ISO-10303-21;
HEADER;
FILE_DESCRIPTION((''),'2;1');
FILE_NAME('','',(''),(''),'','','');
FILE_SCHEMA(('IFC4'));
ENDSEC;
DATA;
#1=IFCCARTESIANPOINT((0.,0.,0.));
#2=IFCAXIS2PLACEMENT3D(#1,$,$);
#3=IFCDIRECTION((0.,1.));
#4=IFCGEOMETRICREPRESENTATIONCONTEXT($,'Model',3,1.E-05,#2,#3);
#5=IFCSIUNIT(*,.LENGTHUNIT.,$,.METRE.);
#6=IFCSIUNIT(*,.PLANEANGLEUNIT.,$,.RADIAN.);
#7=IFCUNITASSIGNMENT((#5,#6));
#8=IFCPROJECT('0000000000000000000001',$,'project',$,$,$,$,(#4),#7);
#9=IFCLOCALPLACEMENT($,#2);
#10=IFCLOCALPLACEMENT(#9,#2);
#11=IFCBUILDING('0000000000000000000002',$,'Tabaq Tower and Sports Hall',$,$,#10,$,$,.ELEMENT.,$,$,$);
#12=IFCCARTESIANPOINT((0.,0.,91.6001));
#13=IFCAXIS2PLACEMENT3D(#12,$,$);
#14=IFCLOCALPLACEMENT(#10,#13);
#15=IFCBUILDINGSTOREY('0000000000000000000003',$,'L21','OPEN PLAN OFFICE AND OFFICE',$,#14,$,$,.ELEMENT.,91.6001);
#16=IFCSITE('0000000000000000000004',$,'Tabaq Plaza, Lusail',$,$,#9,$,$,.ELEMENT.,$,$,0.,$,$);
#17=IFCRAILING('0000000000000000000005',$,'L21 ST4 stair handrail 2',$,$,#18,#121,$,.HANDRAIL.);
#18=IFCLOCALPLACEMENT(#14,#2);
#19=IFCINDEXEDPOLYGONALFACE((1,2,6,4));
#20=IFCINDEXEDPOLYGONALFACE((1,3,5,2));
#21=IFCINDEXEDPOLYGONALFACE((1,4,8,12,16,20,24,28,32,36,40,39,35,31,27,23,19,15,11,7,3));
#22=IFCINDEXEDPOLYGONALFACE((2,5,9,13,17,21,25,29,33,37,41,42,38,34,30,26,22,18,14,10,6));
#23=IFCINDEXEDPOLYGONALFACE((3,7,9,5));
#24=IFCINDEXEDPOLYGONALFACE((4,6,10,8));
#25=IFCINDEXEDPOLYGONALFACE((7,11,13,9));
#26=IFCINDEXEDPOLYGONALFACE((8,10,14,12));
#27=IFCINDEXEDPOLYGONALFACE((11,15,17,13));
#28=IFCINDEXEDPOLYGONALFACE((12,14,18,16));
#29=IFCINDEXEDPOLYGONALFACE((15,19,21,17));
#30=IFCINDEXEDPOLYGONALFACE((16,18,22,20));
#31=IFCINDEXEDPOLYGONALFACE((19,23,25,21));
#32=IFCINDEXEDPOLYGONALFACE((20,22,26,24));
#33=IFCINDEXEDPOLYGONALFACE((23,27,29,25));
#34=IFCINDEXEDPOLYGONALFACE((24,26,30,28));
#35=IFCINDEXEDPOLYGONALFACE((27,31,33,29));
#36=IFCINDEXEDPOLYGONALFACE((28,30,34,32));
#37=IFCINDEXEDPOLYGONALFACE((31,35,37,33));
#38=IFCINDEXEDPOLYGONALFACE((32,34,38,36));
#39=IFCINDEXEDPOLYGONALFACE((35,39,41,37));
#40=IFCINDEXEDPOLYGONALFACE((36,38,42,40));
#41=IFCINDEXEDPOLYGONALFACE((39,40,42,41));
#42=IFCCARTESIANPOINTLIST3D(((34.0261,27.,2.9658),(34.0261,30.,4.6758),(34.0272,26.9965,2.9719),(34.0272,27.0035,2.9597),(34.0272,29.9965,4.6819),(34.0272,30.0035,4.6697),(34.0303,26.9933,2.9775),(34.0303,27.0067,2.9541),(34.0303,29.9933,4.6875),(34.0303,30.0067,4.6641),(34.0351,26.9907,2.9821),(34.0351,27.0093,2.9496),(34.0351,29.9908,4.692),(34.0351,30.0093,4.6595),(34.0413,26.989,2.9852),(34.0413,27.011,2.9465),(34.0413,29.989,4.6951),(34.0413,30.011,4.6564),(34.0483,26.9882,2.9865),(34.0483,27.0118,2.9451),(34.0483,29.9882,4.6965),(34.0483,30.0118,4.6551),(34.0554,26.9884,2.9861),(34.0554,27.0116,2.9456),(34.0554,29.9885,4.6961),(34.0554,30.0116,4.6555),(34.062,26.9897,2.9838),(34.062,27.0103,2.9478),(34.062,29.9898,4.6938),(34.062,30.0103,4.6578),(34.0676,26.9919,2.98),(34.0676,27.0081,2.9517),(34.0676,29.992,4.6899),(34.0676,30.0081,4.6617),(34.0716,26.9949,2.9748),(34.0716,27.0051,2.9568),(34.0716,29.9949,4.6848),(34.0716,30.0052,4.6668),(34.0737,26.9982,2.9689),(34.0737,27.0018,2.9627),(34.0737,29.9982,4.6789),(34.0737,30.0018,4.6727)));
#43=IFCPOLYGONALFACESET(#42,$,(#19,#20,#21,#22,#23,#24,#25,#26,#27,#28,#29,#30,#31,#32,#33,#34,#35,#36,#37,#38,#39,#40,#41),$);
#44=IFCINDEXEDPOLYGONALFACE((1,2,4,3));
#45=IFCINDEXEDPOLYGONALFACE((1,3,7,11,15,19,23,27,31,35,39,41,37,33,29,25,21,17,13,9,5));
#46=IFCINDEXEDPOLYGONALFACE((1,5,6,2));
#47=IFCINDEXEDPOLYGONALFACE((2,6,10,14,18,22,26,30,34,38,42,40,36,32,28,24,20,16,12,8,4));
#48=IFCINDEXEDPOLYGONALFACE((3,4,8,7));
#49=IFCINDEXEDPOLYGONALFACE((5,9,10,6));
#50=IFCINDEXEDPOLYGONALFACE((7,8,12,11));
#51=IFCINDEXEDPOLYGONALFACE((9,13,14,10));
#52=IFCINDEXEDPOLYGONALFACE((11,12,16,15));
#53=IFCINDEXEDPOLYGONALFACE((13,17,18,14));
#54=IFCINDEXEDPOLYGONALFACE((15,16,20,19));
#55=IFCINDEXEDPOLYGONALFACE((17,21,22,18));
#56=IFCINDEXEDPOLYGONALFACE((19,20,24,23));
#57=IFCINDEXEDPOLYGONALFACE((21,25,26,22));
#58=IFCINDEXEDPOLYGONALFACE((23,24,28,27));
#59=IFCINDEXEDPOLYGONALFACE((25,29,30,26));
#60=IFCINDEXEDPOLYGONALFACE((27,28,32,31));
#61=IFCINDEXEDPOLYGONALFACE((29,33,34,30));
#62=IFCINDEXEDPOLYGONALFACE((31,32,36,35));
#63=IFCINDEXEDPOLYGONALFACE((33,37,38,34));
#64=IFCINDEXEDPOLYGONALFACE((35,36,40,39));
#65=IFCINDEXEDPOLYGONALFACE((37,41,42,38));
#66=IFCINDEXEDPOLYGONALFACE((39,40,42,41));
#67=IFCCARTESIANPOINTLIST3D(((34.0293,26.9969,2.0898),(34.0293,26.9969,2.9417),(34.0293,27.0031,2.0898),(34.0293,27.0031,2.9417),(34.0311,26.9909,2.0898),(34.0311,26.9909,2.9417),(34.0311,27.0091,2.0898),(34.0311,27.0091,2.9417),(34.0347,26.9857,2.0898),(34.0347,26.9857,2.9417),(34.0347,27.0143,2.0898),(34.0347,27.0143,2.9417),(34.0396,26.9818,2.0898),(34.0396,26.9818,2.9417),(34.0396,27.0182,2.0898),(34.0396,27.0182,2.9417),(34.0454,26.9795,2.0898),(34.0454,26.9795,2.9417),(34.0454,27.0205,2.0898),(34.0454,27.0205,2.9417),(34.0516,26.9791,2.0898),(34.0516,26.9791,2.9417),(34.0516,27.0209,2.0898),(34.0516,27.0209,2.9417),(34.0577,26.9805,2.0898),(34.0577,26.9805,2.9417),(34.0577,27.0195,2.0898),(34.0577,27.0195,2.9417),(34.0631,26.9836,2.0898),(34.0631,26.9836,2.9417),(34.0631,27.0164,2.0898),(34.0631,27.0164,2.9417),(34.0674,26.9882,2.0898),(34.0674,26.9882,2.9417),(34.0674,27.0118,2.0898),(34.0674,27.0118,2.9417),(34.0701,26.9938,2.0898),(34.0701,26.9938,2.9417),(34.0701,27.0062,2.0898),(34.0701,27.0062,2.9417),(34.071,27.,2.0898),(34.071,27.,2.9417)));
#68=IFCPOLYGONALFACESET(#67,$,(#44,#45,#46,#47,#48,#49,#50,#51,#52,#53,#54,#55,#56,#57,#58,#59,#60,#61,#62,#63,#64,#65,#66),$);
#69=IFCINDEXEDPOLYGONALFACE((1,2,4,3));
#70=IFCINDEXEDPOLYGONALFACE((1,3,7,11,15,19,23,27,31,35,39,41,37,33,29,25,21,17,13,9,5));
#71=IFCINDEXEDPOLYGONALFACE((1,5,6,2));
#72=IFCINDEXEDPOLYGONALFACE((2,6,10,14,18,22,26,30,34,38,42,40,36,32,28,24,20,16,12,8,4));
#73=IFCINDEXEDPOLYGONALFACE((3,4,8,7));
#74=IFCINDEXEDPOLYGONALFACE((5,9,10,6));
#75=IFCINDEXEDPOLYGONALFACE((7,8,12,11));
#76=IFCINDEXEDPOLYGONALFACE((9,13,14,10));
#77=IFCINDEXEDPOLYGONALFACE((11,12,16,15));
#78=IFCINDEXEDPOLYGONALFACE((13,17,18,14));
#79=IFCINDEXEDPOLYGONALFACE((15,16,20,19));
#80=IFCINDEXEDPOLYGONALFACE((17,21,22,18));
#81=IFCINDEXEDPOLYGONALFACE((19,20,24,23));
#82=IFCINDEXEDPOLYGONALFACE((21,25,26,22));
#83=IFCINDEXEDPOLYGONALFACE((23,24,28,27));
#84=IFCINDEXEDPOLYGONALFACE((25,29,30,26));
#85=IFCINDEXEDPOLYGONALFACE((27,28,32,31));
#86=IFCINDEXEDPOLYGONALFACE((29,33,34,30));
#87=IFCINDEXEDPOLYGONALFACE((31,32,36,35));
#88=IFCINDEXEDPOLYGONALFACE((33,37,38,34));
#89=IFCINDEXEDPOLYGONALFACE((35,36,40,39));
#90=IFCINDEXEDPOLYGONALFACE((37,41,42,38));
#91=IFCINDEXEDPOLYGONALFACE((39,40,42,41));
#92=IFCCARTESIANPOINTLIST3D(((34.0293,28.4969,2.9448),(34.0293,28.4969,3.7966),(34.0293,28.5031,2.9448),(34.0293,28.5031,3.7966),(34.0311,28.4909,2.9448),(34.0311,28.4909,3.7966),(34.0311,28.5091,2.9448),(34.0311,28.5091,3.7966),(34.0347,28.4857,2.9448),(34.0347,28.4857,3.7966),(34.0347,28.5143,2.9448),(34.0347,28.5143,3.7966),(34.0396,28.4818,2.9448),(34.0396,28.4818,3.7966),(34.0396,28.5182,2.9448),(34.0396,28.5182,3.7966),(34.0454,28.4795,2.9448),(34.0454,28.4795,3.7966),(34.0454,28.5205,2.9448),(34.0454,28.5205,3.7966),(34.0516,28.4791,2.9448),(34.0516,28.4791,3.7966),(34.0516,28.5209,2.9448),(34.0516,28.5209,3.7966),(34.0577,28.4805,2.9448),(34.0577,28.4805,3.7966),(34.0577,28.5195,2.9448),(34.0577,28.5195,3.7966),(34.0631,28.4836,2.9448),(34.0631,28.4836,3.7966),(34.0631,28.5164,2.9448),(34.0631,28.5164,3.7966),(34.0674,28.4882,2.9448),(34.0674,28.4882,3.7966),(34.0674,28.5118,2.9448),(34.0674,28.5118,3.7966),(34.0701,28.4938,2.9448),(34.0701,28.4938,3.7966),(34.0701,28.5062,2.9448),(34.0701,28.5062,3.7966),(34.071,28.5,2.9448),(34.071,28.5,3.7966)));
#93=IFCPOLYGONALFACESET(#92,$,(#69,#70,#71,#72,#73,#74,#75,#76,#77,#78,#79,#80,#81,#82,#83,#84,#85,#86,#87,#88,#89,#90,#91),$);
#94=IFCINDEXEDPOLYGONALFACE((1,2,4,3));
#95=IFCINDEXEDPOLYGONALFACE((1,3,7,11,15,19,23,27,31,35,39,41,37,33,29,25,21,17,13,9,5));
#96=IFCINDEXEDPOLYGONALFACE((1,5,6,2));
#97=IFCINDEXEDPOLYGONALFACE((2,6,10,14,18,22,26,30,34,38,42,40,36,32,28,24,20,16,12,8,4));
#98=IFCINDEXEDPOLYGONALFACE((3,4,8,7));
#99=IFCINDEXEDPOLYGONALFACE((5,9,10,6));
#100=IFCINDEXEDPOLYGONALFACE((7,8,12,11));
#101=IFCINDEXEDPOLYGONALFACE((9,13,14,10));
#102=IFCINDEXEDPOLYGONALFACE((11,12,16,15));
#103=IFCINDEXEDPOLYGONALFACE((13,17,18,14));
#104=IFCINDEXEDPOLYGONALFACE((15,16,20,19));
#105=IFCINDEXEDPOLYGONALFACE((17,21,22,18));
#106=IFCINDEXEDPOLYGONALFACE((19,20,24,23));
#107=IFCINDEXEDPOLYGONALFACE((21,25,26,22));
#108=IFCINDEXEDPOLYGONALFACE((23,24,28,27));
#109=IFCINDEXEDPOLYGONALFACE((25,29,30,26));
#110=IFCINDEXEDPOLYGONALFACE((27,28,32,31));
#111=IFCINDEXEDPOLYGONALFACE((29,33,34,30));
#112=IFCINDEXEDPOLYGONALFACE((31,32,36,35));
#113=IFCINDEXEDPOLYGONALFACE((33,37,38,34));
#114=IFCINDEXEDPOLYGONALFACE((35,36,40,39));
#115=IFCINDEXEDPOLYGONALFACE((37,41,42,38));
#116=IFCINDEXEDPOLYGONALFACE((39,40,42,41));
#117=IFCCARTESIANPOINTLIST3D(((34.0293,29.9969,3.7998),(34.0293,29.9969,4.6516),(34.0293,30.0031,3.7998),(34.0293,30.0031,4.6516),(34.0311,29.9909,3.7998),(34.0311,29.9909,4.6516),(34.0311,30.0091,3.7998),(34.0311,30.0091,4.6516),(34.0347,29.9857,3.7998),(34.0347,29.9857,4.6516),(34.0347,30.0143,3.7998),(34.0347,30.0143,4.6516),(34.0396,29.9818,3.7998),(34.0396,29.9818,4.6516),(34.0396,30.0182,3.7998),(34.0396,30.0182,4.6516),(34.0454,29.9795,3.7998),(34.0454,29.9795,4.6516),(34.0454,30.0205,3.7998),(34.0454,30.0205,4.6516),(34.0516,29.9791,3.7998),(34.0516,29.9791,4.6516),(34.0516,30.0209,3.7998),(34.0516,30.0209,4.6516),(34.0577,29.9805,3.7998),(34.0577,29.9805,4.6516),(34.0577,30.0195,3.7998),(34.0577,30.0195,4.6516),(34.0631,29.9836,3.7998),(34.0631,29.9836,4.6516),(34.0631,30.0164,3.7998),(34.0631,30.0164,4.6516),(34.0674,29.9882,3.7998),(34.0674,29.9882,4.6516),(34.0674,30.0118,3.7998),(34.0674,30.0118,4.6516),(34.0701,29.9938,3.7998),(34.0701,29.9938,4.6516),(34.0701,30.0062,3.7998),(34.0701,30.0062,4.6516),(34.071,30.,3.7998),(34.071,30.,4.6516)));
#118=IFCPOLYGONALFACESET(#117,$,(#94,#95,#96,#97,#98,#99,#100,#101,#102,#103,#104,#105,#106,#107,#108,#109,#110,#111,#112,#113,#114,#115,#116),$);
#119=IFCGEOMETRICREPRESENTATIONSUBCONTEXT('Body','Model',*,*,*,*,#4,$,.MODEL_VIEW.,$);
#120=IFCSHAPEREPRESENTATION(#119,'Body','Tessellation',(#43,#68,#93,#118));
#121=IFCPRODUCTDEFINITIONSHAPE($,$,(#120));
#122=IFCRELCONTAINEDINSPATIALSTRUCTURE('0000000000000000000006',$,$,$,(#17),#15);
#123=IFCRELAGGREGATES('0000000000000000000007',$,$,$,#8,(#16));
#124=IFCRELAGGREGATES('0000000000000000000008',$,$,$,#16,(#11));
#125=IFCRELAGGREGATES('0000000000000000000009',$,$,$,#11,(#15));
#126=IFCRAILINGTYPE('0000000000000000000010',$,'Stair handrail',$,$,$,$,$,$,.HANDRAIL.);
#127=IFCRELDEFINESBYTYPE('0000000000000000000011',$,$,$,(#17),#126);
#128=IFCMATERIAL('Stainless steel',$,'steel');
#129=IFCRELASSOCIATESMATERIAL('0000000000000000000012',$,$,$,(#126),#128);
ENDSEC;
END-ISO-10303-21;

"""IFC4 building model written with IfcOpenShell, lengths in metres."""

from ifc_helpers import new_model, si_unit, direction, frame, origin, origin_2d, place, context, subcontext, project, spatial, circle, extrude, material, type_object, element, save


model = new_model("IFC4")

# Units and contexts
model_context = context("Model", 3, precision=1e-05, world=origin(), true_north=direction((0.0, 1.0)))
body_context = subcontext(model_context, "Body", "Model", "MODEL_VIEW")
ifc_project = project(units=[si_unit("LENGTHUNIT", "METRE"), si_unit("PLANEANGLEUNIT", "RADIAN")], contexts=[model_context])

# Site, building, storey
site_placement = place(None, origin())
site = spatial("IfcSite", under=ifc_project, at=site_placement, Name="Tabaq Plaza, Lusail", CompositionType="ELEMENT", RefElevation=0.0)
building_placement = place(site_placement, origin())
building = spatial("IfcBuilding", under=site, at=building_placement, Name="Tabaq Tower and Sports Hall", CompositionType="ELEMENT")
storey_placement = place(building_placement, frame((0.0, 0.0, 91.6001)))
storey = spatial("IfcBuildingStorey", under=building, at=storey_placement, Name="L21", Description="OPEN PLAN OFFICE AND OFFICE", CompositionType="ELEMENT", Elevation=91.6001)

# Railing
ifc_material_1 = material(Name="Stainless steel", Category="steel")
railing_type_1 = type_object("IfcRailingType", Name="Stair handrail", PredefinedType="HANDRAIL", material=ifc_material_1)
railing_1_placement = place(storey_placement, frame((34.05, 27.0, 2.0898)))
element("IfcRailing", 1, at=railing_1_placement, inside=storey, type_object=railing_type_1, Name="L21 ST4 stair handrail 2", PredefinedType="HANDRAIL", context=body_context, shape_type="SweptSolid", body=[
    extrude(circle(Radius=0.0239, at=origin_2d()), frame((0.0, 0.0, 0.876), z_axis=(0.0, 0.868782, 0.495195), x_axis=(-1.0, 0.0, 0.0)), (0.0, 0.0, 1.0), 3.4531),
    extrude(circle(Radius=0.021, at=origin_2d()), origin(), (0.0, 0.0, 1.0), 0.8518),
    extrude(circle(Radius=0.021, at=origin_2d()), frame((0.0, 1.5, 0.855)), (0.0, 0.0, 1.0), 0.8518),
    extrude(circle(Radius=0.021, at=origin_2d()), frame((0.0, 3.0, 1.71)), (0.0, 0.0, 1.0), 0.8518),
])

save(model, "model.ifc")
